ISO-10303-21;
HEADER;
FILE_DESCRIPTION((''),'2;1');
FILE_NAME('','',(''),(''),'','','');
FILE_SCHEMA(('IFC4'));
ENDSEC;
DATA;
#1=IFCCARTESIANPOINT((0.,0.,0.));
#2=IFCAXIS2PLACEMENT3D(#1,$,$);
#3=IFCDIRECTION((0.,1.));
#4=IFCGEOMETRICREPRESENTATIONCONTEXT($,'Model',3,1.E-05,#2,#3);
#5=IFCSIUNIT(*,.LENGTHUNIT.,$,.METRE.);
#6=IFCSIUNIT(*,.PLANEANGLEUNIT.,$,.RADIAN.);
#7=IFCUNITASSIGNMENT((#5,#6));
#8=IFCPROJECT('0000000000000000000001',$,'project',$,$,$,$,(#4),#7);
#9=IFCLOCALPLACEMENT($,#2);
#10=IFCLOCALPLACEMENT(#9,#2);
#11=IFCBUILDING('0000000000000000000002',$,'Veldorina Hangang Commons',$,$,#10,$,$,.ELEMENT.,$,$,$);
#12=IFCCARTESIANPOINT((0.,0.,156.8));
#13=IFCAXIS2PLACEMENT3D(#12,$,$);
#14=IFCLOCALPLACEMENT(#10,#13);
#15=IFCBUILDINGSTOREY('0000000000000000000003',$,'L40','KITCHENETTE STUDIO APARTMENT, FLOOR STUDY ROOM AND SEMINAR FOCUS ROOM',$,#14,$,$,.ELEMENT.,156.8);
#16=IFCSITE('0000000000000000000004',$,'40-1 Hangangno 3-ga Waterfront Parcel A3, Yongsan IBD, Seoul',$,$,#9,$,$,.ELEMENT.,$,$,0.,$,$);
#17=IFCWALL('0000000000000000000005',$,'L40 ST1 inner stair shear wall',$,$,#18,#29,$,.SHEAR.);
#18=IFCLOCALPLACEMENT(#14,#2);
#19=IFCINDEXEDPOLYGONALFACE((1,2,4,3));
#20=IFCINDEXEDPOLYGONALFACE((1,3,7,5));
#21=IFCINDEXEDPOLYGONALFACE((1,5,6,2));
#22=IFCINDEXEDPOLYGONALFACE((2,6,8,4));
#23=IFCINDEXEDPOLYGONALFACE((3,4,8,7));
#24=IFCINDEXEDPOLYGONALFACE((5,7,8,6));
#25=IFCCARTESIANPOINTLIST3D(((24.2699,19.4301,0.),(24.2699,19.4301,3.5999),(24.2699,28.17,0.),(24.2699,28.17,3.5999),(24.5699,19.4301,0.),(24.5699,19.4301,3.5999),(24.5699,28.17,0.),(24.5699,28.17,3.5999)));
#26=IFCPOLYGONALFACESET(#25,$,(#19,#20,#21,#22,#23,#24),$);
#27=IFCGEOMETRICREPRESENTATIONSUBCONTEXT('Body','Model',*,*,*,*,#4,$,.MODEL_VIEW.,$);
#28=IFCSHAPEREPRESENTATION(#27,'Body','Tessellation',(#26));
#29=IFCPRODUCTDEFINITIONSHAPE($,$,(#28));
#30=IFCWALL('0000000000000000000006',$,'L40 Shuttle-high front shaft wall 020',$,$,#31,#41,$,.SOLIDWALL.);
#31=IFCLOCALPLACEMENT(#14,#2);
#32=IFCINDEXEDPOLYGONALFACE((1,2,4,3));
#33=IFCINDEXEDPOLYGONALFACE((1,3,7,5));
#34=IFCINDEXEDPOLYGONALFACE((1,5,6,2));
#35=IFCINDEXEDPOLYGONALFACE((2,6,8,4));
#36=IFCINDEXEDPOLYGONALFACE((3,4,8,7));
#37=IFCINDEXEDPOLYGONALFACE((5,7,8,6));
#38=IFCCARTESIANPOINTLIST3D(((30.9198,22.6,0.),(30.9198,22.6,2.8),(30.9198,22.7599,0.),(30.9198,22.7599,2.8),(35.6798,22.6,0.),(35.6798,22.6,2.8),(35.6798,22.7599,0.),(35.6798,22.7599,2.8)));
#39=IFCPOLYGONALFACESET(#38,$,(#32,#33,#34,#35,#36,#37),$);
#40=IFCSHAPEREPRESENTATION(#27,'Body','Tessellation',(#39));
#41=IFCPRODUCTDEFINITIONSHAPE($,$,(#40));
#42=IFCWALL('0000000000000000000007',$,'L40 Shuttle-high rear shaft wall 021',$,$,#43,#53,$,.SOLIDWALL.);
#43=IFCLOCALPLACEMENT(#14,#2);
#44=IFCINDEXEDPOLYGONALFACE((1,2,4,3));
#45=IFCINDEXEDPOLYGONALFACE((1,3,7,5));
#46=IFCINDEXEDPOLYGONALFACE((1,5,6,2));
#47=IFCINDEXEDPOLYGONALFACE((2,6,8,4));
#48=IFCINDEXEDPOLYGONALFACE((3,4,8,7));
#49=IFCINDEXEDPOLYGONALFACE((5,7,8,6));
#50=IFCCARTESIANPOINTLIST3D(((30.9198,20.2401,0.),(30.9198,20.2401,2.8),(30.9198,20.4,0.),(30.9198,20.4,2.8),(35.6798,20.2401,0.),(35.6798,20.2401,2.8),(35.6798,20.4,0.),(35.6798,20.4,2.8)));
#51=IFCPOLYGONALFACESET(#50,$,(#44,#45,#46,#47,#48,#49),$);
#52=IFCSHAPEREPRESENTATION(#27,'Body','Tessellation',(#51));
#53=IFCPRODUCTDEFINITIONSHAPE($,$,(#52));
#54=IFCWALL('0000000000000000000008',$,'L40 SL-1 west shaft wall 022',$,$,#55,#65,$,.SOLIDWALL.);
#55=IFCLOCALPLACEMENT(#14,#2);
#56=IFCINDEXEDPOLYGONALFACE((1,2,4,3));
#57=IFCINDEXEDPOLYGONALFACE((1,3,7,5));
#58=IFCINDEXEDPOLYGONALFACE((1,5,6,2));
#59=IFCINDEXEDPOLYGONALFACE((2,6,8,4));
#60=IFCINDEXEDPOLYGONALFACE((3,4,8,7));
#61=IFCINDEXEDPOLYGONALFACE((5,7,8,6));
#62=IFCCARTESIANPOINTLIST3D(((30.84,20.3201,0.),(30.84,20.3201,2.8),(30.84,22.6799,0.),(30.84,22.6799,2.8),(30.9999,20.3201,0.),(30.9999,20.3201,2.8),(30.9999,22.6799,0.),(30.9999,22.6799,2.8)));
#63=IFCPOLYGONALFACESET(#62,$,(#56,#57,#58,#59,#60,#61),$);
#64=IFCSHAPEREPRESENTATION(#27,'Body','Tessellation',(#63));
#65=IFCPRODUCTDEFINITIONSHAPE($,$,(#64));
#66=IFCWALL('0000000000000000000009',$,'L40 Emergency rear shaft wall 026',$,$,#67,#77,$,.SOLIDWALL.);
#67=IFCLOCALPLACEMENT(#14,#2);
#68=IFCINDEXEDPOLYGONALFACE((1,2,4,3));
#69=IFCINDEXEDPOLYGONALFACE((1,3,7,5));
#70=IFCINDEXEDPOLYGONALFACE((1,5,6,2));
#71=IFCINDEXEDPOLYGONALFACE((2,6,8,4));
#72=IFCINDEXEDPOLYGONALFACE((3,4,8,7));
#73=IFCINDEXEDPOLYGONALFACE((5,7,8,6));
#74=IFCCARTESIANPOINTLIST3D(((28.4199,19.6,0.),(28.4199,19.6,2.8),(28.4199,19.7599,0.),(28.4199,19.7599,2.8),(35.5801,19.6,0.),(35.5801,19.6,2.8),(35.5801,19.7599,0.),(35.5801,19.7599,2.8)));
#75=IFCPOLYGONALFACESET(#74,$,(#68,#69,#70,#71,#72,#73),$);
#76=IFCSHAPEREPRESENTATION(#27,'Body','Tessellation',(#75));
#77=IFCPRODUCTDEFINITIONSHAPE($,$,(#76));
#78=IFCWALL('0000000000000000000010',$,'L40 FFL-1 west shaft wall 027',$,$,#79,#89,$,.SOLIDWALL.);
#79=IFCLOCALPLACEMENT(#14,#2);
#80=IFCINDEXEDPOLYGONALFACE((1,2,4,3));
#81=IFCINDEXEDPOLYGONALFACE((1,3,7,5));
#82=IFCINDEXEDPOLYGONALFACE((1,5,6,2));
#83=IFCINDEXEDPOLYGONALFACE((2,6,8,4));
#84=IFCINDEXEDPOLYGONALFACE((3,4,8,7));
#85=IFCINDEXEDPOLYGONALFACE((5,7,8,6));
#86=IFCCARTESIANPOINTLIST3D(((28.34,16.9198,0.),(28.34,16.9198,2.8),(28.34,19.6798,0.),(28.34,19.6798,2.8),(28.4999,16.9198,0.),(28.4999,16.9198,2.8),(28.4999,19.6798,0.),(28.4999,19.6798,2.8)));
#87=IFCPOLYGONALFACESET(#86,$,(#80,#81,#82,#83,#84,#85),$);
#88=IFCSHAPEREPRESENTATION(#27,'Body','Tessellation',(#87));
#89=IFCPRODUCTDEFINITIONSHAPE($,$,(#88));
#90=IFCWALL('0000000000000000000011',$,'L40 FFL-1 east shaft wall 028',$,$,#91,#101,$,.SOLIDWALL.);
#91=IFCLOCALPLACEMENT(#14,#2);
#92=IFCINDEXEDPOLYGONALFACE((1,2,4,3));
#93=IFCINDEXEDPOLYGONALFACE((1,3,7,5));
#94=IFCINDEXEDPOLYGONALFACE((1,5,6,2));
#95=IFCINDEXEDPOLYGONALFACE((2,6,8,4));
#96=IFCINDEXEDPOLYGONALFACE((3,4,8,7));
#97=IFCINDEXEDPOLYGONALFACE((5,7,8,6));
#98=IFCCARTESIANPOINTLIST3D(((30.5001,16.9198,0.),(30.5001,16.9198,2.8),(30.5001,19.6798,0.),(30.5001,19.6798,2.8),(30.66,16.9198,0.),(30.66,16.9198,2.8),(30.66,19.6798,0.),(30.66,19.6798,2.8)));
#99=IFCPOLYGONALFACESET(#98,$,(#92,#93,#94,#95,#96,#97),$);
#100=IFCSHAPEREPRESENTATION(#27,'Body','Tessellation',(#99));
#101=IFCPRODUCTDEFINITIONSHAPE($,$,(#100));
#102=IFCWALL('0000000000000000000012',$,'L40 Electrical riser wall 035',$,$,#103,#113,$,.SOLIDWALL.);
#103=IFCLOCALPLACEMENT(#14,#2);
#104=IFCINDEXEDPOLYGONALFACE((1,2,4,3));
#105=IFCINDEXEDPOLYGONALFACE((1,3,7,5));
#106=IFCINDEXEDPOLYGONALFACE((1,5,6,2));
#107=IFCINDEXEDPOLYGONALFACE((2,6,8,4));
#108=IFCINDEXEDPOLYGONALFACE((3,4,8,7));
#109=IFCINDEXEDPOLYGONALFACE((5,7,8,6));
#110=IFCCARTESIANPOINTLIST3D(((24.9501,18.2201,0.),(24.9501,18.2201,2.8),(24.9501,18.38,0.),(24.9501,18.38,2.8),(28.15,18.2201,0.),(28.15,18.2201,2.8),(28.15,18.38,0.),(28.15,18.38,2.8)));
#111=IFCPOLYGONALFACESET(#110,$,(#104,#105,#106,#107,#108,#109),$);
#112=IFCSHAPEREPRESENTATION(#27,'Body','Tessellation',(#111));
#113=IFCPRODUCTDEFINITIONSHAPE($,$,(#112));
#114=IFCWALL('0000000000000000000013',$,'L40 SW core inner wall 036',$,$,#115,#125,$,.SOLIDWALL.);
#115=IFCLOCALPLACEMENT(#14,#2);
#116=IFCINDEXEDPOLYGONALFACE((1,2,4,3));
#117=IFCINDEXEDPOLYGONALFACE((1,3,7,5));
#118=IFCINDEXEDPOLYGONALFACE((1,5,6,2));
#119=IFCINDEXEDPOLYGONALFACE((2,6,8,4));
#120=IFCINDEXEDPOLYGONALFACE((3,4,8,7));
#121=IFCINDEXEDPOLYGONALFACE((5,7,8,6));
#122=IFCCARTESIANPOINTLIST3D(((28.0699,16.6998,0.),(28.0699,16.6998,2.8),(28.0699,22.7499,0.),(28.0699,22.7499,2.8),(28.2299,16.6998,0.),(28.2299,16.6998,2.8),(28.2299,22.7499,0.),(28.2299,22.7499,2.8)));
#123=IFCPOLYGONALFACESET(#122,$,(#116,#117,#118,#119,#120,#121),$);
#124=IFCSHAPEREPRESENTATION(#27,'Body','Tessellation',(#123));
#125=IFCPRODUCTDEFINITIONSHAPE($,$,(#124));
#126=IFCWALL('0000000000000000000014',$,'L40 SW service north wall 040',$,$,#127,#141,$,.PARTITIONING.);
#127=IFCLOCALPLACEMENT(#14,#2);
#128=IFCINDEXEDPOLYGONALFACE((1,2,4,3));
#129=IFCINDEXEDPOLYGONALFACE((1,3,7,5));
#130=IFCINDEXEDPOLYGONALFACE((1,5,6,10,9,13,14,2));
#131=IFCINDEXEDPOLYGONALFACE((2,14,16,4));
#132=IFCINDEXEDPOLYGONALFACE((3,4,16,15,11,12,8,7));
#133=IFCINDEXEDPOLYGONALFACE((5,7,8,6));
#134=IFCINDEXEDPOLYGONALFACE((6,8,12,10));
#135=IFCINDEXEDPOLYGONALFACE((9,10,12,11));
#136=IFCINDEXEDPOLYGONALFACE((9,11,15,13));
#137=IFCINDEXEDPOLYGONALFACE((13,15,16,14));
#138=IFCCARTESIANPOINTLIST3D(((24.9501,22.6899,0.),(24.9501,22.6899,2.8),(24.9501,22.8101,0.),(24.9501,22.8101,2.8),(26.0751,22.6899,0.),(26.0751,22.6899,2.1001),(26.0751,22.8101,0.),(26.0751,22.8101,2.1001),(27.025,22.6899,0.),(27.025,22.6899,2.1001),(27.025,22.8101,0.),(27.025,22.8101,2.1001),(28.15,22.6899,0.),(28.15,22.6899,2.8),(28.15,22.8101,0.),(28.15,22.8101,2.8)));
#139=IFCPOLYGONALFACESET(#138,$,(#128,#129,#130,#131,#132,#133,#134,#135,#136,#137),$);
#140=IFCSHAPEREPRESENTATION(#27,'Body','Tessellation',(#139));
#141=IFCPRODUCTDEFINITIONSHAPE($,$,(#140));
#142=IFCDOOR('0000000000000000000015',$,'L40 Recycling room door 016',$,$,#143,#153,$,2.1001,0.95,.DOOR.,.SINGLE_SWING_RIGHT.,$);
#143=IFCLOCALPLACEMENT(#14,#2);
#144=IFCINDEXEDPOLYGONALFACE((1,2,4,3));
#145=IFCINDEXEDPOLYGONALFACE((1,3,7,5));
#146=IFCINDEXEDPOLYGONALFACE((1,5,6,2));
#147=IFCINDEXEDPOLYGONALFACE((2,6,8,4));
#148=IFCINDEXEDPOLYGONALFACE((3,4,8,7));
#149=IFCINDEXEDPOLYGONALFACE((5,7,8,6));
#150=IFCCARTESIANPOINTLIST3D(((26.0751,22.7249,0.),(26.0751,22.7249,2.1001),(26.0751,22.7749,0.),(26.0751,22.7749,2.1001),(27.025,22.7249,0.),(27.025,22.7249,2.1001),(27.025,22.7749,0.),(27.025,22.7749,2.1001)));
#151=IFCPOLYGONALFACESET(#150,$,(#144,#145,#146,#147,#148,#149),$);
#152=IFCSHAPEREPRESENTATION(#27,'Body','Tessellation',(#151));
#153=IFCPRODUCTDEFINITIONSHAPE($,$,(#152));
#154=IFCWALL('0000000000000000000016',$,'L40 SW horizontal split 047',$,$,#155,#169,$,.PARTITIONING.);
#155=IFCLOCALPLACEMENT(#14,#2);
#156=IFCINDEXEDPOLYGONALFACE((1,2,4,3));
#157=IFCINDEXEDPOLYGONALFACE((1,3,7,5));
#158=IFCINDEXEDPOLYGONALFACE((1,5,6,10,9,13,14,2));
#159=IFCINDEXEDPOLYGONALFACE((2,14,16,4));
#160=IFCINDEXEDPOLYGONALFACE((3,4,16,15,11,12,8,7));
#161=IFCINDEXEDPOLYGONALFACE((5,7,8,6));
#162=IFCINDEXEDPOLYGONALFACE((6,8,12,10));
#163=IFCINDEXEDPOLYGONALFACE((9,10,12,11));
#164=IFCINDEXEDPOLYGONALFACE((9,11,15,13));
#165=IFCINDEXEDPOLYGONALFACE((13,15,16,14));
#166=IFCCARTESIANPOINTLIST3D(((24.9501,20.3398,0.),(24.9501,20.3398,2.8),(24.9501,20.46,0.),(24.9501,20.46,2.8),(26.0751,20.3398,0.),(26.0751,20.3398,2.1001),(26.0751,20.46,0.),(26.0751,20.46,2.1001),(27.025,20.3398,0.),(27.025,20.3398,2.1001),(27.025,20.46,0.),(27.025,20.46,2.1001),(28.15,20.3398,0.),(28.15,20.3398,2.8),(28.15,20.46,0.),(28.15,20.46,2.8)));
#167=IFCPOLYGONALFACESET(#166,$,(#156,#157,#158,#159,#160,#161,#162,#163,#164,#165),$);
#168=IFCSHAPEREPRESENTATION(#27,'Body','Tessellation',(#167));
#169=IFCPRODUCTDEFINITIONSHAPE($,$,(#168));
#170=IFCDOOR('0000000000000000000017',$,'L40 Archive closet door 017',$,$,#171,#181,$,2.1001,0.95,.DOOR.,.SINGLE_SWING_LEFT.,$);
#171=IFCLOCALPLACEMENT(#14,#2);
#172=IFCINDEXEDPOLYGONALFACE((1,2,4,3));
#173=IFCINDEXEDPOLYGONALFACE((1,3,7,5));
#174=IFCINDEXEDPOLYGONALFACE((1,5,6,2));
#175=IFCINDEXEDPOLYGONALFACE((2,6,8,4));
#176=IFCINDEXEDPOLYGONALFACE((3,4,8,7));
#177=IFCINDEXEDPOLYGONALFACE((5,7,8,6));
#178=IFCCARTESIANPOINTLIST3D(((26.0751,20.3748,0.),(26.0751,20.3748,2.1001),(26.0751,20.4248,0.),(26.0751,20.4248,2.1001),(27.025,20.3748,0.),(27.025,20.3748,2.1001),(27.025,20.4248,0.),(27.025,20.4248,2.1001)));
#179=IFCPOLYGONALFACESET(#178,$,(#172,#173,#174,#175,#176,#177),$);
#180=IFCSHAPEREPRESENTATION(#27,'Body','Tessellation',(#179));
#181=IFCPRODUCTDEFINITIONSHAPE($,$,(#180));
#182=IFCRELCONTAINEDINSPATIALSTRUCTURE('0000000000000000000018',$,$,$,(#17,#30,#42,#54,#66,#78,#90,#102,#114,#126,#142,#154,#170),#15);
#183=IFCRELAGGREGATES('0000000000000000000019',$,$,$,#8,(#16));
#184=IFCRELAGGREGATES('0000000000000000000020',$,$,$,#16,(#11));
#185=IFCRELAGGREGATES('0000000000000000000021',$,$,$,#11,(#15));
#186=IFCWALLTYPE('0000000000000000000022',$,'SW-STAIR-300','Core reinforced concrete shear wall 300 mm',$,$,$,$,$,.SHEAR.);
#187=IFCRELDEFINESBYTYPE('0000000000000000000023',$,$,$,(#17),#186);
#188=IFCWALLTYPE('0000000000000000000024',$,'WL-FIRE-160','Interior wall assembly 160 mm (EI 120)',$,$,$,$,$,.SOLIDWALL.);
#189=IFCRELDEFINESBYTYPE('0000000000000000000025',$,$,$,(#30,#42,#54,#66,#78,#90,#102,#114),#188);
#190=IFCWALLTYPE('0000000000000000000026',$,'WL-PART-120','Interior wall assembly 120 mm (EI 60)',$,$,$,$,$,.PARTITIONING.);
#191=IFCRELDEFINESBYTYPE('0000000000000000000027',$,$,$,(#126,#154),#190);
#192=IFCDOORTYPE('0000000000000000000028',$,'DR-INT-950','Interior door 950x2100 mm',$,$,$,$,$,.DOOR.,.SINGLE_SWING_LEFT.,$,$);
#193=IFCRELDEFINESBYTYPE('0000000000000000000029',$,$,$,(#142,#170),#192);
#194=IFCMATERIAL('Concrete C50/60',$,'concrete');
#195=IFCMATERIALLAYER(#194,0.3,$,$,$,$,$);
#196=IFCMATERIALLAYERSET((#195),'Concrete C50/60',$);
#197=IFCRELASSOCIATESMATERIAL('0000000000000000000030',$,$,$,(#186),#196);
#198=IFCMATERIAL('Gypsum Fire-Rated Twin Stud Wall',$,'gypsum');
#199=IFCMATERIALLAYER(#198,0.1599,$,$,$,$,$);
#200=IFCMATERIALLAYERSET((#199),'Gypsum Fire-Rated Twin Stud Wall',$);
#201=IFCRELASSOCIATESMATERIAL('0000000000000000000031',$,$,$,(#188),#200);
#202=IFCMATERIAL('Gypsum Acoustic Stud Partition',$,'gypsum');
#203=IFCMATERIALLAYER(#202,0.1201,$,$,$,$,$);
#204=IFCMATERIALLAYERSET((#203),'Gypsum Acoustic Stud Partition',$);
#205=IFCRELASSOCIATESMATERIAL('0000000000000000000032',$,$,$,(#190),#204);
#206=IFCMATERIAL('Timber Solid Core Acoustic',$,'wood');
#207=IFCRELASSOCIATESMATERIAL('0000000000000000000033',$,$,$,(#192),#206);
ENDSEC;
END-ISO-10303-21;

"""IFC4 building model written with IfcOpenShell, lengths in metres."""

from ifc_helpers import new_model, si_unit, direction, frame, frame_2d, origin, place, context, subcontext, project, spatial, rectangle, extrude, material, layer, layer_set, type_object, element, fill, save


model = new_model("IFC4")

# Units and contexts
model_context = context("Model", 3, precision=1e-05, world=origin(), true_north=direction((0.0, 1.0)))
body_context = subcontext(model_context, "Body", "Model", "MODEL_VIEW")
ifc_project = project(units=[si_unit("LENGTHUNIT", "METRE"), si_unit("PLANEANGLEUNIT", "RADIAN")], contexts=[model_context])

# Site, building, storey
site_placement = place(None, origin())
site = spatial("IfcSite", under=ifc_project, at=site_placement, Name="40-1 Hangangno 3-ga Waterfront Parcel A3, Yongsan IBD, Seoul", CompositionType="ELEMENT", RefElevation=0.0)
building_placement = place(site_placement, origin())
building = spatial("IfcBuilding", under=site, at=building_placement, Name="Veldorina Hangang Commons", CompositionType="ELEMENT")
storey_placement = place(building_placement, frame((0.0, 0.0, 156.8)))
storey = spatial("IfcBuildingStorey", under=building, at=storey_placement, Name="L40", Description="KITCHENETTE STUDIO APARTMENT, FLOOR STUDY ROOM AND SEMINAR FOCUS ROOM", CompositionType="ELEMENT", Elevation=156.8)

# Walls
ifc_material_1 = material(Name="Concrete C50/60", Category="concrete")
ifc_layer_1 = layer(ifc_material_1, 0.3)
ifc_layer_set_1 = layer_set([ifc_layer_1], Name="Concrete C50/60")
wall_type_1 = type_object("IfcWallType", Name="SW-STAIR-300", Description="Core reinforced concrete shear wall 300 mm", PredefinedType="SHEAR", material=ifc_layer_set_1)
wall_1_placement = place(storey_placement, frame((24.4199, 19.4299, 0.0), z_axis=(0.0, 0.0, 1.0), x_axis=(0.0, 1.0, 0.0)))
element("IfcWall", 1, at=wall_1_placement, inside=storey, type_object=wall_type_1, Name="L40 ST1 inner stair shear wall", PredefinedType="SHEAR", context=body_context, shape_type="SweptSolid", body=[
    extrude(rectangle(XDim=8.74, YDim=0.3, at=frame_2d((4.3701, 0.0))), origin(), (0.0, 0.0, 1.0), 3.5999),
])
ifc_material_2 = material(Name="Gypsum Fire-Rated Twin Stud Wall", Category="gypsum")
ifc_layer_2 = layer(ifc_material_2, 0.1599)
ifc_layer_set_2 = layer_set([ifc_layer_2], Name="Gypsum Fire-Rated Twin Stud Wall")
wall_type_2 = type_object("IfcWallType", Name="WL-FIRE-160", Description="Interior wall assembly 160 mm (EI 120)", PredefinedType="SOLIDWALL", material=ifc_layer_set_2)
for number, where, z_axis, x_axis, name in (
    (2, (30.9199, 22.6799, 0.0), (0.0, 0.0, 1.0), (1.0, 0.0, 0.0), "L40 Shuttle-high front shaft wall 020"),
    (3, (30.9199, 20.3201, 0.0), (0.0, 0.0, 1.0), (1.0, 0.0, 0.0), "L40 Shuttle-high rear shaft wall 021"),
):
    element("IfcWall", number, at=place(storey_placement, frame(where, z_axis=z_axis, x_axis=x_axis)), inside=storey, type_object=wall_type_2, Name=name, PredefinedType="SOLIDWALL", context=body_context, shape_type="SweptSolid", body=[
        extrude(rectangle(XDim=4.76, YDim=0.1599, at=frame_2d((2.3799, 0.0))), origin(), (0.0, 0.0, 1.0), 2.8),
    ])
wall_2_placement = place(storey_placement, frame((30.9199, 20.3201, 0.0), z_axis=(0.0, 0.0, 1.0), x_axis=(0.0, 1.0, 0.0)))
element("IfcWall", 4, at=wall_2_placement, inside=storey, type_object=wall_type_2, Name="L40 SL-1 west shaft wall 022", PredefinedType="SOLIDWALL", context=body_context, shape_type="SweptSolid", body=[
    extrude(rectangle(XDim=2.3599, YDim=0.1599, at=frame_2d((1.1799, 0.0))), origin(), (0.0, 0.0, 1.0), 2.8),
])

# Walls
wall_3_placement = place(storey_placement, frame((28.4199, 19.6799, 0.0), z_axis=(0.0, 0.0, 1.0), x_axis=(1.0, 0.0, 0.0)))
element("IfcWall", 5, at=wall_3_placement, inside=storey, type_object=wall_type_2, Name="L40 Emergency rear shaft wall 026", PredefinedType="SOLIDWALL", context=body_context, shape_type="SweptSolid", body=[
    extrude(rectangle(XDim=7.1602, YDim=0.1599, at=frame_2d((3.5801, 0.0))), origin(), (0.0, 0.0, 1.0), 2.8),
])
for number, where, z_axis, x_axis, name in (
    (6, (28.4199, 16.9199, 0.0), (0.0, 0.0, 1.0), (0.0, 1.0, 0.0), "L40 FFL-1 west shaft wall 027"),
    (7, (30.5801, 16.9199, 0.0), (0.0, 0.0, 1.0), (0.0, 1.0, 0.0), "L40 FFL-1 east shaft wall 028"),
):
    element("IfcWall", number, at=place(storey_placement, frame(where, z_axis=z_axis, x_axis=x_axis)), inside=storey, type_object=wall_type_2, Name=name, PredefinedType="SOLIDWALL", context=body_context, shape_type="SweptSolid", body=[
        extrude(rectangle(XDim=2.76, YDim=0.1599, at=frame_2d((1.3799, 0.0))), origin(), (0.0, 0.0, 1.0), 2.8),
    ])
wall_4_placement = place(storey_placement, frame((24.95, 18.3, 0.0), z_axis=(0.0, 0.0, 1.0), x_axis=(1.0, 0.0, 0.0)))
element("IfcWall", 8, at=wall_4_placement, inside=storey, type_object=wall_type_2, Name="L40 Electrical riser wall 035", PredefinedType="SOLIDWALL", context=body_context, shape_type="SweptSolid", body=[
    extrude(rectangle(XDim=3.2, YDim=0.1599, at=frame_2d((1.6001, 0.0))), origin(), (0.0, 0.0, 1.0), 2.8),
])
wall_5_placement = place(storey_placement, frame((28.1499, 16.7, 0.0), z_axis=(0.0, 0.0, 1.0), x_axis=(0.0, 1.0, 0.0)))
element("IfcWall", 9, at=wall_5_placement, inside=storey, type_object=wall_type_2, Name="L40 SW core inner wall 036", PredefinedType="SOLIDWALL", context=body_context, shape_type="SweptSolid", body=[
    extrude(rectangle(XDim=6.05, YDim=0.1599, at=frame_2d((3.0249, 0.0))), origin(), (0.0, 0.0, 1.0), 2.8),
])

# Walls, openings, doors
ifc_material_3 = material(Name="Gypsum Acoustic Stud Partition", Category="gypsum")
ifc_layer_3 = layer(ifc_material_3, 0.1201)
ifc_layer_set_3 = layer_set([ifc_layer_3], Name="Gypsum Acoustic Stud Partition")
wall_type_3 = type_object("IfcWallType", Name="WL-PART-120", Description="Interior wall assembly 120 mm (EI 60)", PredefinedType="PARTITIONING", material=ifc_layer_set_3)
wall_6_placement = place(storey_placement, frame((24.95, 22.75, 0.0), z_axis=(0.0, 0.0, 1.0), x_axis=(1.0, 0.0, 0.0)))
wall_6 = element("IfcWall", 10, at=wall_6_placement, inside=storey, type_object=wall_type_3, Name="L40 SW service north wall 040", PredefinedType="PARTITIONING", context=body_context, shape_type="SweptSolid", body=[
    extrude(rectangle(XDim=3.2, YDim=0.1201, at=frame_2d((1.6001, 0.0))), origin(), (0.0, 0.0, 1.0), 2.8),
])
opening_1_placement = place(wall_6_placement, frame((1.125, 0.0, 0.0)))
opening_1 = element("IfcOpeningElement", 11, at=opening_1_placement, cuts=wall_6, PredefinedType="OPENING", context=body_context, shape_type="SweptSolid", body=[
    extrude(rectangle(XDim=0.95, YDim=2.1001, at=frame_2d((0.4751, 1.05))), frame((0.0, 0.0701, 0.0), z_axis=(0.0, -1.0, 0.0), x_axis=(1.0, 0.0, 0.0)), (0.0, 0.0, 1.0), 0.1401),
])
ifc_material_4 = material(Name="Timber Solid Core Acoustic", Category="wood")
door_type_1 = type_object("IfcDoorType", Name="DR-INT-950", Description="Interior door 950x2100 mm", OperationType="SINGLE_SWING_LEFT", PredefinedType="DOOR", material=ifc_material_4)
door_1_placement = place(opening_1_placement, origin())
door_1 = element("IfcDoor", 12, at=door_1_placement, inside=storey, type_object=door_type_1, Name="L40 Recycling room door 016", OperationType="SINGLE_SWING_RIGHT", OverallHeight=2.1001, OverallWidth=0.95, PredefinedType="DOOR", context=body_context, shape_type="SweptSolid", body=[
    extrude(rectangle(XDim=0.95, YDim=2.1001, at=frame_2d((0.4751, 1.05))), frame((0.0, 0.0249, 0.0), z_axis=(0.0, -1.0, 0.0), x_axis=(1.0, 0.0, 0.0)), (0.0, 0.0, 1.0), 0.05),
])
fill(opening_1, door_1)
wall_7_placement = place(storey_placement, frame((24.95, 20.3999, 0.0), z_axis=(0.0, 0.0, 1.0), x_axis=(1.0, 0.0, 0.0)))
wall_7 = element("IfcWall", 13, at=wall_7_placement, inside=storey, type_object=wall_type_3, Name="L40 SW horizontal split 047", PredefinedType="PARTITIONING", context=body_context, shape_type="SweptSolid", body=[
    extrude(rectangle(XDim=3.2, YDim=0.1201, at=frame_2d((1.6001, 0.0))), origin(), (0.0, 0.0, 1.0), 2.8),
])
opening_2_placement = place(wall_7_placement, frame((1.125, 0.0, 0.0)))
opening_2 = element("IfcOpeningElement", 14, at=opening_2_placement, cuts=wall_7, PredefinedType="OPENING", context=body_context, shape_type="SweptSolid", body=[
    extrude(rectangle(XDim=0.95, YDim=2.1001, at=frame_2d((0.4751, 1.05))), frame((0.0, 0.0701, 0.0), z_axis=(0.0, -1.0, 0.0), x_axis=(1.0, 0.0, 0.0)), (0.0, 0.0, 1.0), 0.1401),
])
door_2_placement = place(opening_2_placement, origin())
door_2 = element("IfcDoor", 15, at=door_2_placement, inside=storey, type_object=door_type_1, Name="L40 Archive closet door 017", OperationType="SINGLE_SWING_LEFT", OverallHeight=2.1001, OverallWidth=0.95, PredefinedType="DOOR", context=body_context, shape_type="SweptSolid", body=[
    extrude(rectangle(XDim=0.95, YDim=2.1001, at=frame_2d((0.4751, 1.05))), frame((0.0, 0.0249, 0.0), z_axis=(0.0, -1.0, 0.0), x_axis=(1.0, 0.0, 0.0)), (0.0, 0.0, 1.0), 0.05),
])
fill(opening_2, door_2)

save(model, "model.ifc")
